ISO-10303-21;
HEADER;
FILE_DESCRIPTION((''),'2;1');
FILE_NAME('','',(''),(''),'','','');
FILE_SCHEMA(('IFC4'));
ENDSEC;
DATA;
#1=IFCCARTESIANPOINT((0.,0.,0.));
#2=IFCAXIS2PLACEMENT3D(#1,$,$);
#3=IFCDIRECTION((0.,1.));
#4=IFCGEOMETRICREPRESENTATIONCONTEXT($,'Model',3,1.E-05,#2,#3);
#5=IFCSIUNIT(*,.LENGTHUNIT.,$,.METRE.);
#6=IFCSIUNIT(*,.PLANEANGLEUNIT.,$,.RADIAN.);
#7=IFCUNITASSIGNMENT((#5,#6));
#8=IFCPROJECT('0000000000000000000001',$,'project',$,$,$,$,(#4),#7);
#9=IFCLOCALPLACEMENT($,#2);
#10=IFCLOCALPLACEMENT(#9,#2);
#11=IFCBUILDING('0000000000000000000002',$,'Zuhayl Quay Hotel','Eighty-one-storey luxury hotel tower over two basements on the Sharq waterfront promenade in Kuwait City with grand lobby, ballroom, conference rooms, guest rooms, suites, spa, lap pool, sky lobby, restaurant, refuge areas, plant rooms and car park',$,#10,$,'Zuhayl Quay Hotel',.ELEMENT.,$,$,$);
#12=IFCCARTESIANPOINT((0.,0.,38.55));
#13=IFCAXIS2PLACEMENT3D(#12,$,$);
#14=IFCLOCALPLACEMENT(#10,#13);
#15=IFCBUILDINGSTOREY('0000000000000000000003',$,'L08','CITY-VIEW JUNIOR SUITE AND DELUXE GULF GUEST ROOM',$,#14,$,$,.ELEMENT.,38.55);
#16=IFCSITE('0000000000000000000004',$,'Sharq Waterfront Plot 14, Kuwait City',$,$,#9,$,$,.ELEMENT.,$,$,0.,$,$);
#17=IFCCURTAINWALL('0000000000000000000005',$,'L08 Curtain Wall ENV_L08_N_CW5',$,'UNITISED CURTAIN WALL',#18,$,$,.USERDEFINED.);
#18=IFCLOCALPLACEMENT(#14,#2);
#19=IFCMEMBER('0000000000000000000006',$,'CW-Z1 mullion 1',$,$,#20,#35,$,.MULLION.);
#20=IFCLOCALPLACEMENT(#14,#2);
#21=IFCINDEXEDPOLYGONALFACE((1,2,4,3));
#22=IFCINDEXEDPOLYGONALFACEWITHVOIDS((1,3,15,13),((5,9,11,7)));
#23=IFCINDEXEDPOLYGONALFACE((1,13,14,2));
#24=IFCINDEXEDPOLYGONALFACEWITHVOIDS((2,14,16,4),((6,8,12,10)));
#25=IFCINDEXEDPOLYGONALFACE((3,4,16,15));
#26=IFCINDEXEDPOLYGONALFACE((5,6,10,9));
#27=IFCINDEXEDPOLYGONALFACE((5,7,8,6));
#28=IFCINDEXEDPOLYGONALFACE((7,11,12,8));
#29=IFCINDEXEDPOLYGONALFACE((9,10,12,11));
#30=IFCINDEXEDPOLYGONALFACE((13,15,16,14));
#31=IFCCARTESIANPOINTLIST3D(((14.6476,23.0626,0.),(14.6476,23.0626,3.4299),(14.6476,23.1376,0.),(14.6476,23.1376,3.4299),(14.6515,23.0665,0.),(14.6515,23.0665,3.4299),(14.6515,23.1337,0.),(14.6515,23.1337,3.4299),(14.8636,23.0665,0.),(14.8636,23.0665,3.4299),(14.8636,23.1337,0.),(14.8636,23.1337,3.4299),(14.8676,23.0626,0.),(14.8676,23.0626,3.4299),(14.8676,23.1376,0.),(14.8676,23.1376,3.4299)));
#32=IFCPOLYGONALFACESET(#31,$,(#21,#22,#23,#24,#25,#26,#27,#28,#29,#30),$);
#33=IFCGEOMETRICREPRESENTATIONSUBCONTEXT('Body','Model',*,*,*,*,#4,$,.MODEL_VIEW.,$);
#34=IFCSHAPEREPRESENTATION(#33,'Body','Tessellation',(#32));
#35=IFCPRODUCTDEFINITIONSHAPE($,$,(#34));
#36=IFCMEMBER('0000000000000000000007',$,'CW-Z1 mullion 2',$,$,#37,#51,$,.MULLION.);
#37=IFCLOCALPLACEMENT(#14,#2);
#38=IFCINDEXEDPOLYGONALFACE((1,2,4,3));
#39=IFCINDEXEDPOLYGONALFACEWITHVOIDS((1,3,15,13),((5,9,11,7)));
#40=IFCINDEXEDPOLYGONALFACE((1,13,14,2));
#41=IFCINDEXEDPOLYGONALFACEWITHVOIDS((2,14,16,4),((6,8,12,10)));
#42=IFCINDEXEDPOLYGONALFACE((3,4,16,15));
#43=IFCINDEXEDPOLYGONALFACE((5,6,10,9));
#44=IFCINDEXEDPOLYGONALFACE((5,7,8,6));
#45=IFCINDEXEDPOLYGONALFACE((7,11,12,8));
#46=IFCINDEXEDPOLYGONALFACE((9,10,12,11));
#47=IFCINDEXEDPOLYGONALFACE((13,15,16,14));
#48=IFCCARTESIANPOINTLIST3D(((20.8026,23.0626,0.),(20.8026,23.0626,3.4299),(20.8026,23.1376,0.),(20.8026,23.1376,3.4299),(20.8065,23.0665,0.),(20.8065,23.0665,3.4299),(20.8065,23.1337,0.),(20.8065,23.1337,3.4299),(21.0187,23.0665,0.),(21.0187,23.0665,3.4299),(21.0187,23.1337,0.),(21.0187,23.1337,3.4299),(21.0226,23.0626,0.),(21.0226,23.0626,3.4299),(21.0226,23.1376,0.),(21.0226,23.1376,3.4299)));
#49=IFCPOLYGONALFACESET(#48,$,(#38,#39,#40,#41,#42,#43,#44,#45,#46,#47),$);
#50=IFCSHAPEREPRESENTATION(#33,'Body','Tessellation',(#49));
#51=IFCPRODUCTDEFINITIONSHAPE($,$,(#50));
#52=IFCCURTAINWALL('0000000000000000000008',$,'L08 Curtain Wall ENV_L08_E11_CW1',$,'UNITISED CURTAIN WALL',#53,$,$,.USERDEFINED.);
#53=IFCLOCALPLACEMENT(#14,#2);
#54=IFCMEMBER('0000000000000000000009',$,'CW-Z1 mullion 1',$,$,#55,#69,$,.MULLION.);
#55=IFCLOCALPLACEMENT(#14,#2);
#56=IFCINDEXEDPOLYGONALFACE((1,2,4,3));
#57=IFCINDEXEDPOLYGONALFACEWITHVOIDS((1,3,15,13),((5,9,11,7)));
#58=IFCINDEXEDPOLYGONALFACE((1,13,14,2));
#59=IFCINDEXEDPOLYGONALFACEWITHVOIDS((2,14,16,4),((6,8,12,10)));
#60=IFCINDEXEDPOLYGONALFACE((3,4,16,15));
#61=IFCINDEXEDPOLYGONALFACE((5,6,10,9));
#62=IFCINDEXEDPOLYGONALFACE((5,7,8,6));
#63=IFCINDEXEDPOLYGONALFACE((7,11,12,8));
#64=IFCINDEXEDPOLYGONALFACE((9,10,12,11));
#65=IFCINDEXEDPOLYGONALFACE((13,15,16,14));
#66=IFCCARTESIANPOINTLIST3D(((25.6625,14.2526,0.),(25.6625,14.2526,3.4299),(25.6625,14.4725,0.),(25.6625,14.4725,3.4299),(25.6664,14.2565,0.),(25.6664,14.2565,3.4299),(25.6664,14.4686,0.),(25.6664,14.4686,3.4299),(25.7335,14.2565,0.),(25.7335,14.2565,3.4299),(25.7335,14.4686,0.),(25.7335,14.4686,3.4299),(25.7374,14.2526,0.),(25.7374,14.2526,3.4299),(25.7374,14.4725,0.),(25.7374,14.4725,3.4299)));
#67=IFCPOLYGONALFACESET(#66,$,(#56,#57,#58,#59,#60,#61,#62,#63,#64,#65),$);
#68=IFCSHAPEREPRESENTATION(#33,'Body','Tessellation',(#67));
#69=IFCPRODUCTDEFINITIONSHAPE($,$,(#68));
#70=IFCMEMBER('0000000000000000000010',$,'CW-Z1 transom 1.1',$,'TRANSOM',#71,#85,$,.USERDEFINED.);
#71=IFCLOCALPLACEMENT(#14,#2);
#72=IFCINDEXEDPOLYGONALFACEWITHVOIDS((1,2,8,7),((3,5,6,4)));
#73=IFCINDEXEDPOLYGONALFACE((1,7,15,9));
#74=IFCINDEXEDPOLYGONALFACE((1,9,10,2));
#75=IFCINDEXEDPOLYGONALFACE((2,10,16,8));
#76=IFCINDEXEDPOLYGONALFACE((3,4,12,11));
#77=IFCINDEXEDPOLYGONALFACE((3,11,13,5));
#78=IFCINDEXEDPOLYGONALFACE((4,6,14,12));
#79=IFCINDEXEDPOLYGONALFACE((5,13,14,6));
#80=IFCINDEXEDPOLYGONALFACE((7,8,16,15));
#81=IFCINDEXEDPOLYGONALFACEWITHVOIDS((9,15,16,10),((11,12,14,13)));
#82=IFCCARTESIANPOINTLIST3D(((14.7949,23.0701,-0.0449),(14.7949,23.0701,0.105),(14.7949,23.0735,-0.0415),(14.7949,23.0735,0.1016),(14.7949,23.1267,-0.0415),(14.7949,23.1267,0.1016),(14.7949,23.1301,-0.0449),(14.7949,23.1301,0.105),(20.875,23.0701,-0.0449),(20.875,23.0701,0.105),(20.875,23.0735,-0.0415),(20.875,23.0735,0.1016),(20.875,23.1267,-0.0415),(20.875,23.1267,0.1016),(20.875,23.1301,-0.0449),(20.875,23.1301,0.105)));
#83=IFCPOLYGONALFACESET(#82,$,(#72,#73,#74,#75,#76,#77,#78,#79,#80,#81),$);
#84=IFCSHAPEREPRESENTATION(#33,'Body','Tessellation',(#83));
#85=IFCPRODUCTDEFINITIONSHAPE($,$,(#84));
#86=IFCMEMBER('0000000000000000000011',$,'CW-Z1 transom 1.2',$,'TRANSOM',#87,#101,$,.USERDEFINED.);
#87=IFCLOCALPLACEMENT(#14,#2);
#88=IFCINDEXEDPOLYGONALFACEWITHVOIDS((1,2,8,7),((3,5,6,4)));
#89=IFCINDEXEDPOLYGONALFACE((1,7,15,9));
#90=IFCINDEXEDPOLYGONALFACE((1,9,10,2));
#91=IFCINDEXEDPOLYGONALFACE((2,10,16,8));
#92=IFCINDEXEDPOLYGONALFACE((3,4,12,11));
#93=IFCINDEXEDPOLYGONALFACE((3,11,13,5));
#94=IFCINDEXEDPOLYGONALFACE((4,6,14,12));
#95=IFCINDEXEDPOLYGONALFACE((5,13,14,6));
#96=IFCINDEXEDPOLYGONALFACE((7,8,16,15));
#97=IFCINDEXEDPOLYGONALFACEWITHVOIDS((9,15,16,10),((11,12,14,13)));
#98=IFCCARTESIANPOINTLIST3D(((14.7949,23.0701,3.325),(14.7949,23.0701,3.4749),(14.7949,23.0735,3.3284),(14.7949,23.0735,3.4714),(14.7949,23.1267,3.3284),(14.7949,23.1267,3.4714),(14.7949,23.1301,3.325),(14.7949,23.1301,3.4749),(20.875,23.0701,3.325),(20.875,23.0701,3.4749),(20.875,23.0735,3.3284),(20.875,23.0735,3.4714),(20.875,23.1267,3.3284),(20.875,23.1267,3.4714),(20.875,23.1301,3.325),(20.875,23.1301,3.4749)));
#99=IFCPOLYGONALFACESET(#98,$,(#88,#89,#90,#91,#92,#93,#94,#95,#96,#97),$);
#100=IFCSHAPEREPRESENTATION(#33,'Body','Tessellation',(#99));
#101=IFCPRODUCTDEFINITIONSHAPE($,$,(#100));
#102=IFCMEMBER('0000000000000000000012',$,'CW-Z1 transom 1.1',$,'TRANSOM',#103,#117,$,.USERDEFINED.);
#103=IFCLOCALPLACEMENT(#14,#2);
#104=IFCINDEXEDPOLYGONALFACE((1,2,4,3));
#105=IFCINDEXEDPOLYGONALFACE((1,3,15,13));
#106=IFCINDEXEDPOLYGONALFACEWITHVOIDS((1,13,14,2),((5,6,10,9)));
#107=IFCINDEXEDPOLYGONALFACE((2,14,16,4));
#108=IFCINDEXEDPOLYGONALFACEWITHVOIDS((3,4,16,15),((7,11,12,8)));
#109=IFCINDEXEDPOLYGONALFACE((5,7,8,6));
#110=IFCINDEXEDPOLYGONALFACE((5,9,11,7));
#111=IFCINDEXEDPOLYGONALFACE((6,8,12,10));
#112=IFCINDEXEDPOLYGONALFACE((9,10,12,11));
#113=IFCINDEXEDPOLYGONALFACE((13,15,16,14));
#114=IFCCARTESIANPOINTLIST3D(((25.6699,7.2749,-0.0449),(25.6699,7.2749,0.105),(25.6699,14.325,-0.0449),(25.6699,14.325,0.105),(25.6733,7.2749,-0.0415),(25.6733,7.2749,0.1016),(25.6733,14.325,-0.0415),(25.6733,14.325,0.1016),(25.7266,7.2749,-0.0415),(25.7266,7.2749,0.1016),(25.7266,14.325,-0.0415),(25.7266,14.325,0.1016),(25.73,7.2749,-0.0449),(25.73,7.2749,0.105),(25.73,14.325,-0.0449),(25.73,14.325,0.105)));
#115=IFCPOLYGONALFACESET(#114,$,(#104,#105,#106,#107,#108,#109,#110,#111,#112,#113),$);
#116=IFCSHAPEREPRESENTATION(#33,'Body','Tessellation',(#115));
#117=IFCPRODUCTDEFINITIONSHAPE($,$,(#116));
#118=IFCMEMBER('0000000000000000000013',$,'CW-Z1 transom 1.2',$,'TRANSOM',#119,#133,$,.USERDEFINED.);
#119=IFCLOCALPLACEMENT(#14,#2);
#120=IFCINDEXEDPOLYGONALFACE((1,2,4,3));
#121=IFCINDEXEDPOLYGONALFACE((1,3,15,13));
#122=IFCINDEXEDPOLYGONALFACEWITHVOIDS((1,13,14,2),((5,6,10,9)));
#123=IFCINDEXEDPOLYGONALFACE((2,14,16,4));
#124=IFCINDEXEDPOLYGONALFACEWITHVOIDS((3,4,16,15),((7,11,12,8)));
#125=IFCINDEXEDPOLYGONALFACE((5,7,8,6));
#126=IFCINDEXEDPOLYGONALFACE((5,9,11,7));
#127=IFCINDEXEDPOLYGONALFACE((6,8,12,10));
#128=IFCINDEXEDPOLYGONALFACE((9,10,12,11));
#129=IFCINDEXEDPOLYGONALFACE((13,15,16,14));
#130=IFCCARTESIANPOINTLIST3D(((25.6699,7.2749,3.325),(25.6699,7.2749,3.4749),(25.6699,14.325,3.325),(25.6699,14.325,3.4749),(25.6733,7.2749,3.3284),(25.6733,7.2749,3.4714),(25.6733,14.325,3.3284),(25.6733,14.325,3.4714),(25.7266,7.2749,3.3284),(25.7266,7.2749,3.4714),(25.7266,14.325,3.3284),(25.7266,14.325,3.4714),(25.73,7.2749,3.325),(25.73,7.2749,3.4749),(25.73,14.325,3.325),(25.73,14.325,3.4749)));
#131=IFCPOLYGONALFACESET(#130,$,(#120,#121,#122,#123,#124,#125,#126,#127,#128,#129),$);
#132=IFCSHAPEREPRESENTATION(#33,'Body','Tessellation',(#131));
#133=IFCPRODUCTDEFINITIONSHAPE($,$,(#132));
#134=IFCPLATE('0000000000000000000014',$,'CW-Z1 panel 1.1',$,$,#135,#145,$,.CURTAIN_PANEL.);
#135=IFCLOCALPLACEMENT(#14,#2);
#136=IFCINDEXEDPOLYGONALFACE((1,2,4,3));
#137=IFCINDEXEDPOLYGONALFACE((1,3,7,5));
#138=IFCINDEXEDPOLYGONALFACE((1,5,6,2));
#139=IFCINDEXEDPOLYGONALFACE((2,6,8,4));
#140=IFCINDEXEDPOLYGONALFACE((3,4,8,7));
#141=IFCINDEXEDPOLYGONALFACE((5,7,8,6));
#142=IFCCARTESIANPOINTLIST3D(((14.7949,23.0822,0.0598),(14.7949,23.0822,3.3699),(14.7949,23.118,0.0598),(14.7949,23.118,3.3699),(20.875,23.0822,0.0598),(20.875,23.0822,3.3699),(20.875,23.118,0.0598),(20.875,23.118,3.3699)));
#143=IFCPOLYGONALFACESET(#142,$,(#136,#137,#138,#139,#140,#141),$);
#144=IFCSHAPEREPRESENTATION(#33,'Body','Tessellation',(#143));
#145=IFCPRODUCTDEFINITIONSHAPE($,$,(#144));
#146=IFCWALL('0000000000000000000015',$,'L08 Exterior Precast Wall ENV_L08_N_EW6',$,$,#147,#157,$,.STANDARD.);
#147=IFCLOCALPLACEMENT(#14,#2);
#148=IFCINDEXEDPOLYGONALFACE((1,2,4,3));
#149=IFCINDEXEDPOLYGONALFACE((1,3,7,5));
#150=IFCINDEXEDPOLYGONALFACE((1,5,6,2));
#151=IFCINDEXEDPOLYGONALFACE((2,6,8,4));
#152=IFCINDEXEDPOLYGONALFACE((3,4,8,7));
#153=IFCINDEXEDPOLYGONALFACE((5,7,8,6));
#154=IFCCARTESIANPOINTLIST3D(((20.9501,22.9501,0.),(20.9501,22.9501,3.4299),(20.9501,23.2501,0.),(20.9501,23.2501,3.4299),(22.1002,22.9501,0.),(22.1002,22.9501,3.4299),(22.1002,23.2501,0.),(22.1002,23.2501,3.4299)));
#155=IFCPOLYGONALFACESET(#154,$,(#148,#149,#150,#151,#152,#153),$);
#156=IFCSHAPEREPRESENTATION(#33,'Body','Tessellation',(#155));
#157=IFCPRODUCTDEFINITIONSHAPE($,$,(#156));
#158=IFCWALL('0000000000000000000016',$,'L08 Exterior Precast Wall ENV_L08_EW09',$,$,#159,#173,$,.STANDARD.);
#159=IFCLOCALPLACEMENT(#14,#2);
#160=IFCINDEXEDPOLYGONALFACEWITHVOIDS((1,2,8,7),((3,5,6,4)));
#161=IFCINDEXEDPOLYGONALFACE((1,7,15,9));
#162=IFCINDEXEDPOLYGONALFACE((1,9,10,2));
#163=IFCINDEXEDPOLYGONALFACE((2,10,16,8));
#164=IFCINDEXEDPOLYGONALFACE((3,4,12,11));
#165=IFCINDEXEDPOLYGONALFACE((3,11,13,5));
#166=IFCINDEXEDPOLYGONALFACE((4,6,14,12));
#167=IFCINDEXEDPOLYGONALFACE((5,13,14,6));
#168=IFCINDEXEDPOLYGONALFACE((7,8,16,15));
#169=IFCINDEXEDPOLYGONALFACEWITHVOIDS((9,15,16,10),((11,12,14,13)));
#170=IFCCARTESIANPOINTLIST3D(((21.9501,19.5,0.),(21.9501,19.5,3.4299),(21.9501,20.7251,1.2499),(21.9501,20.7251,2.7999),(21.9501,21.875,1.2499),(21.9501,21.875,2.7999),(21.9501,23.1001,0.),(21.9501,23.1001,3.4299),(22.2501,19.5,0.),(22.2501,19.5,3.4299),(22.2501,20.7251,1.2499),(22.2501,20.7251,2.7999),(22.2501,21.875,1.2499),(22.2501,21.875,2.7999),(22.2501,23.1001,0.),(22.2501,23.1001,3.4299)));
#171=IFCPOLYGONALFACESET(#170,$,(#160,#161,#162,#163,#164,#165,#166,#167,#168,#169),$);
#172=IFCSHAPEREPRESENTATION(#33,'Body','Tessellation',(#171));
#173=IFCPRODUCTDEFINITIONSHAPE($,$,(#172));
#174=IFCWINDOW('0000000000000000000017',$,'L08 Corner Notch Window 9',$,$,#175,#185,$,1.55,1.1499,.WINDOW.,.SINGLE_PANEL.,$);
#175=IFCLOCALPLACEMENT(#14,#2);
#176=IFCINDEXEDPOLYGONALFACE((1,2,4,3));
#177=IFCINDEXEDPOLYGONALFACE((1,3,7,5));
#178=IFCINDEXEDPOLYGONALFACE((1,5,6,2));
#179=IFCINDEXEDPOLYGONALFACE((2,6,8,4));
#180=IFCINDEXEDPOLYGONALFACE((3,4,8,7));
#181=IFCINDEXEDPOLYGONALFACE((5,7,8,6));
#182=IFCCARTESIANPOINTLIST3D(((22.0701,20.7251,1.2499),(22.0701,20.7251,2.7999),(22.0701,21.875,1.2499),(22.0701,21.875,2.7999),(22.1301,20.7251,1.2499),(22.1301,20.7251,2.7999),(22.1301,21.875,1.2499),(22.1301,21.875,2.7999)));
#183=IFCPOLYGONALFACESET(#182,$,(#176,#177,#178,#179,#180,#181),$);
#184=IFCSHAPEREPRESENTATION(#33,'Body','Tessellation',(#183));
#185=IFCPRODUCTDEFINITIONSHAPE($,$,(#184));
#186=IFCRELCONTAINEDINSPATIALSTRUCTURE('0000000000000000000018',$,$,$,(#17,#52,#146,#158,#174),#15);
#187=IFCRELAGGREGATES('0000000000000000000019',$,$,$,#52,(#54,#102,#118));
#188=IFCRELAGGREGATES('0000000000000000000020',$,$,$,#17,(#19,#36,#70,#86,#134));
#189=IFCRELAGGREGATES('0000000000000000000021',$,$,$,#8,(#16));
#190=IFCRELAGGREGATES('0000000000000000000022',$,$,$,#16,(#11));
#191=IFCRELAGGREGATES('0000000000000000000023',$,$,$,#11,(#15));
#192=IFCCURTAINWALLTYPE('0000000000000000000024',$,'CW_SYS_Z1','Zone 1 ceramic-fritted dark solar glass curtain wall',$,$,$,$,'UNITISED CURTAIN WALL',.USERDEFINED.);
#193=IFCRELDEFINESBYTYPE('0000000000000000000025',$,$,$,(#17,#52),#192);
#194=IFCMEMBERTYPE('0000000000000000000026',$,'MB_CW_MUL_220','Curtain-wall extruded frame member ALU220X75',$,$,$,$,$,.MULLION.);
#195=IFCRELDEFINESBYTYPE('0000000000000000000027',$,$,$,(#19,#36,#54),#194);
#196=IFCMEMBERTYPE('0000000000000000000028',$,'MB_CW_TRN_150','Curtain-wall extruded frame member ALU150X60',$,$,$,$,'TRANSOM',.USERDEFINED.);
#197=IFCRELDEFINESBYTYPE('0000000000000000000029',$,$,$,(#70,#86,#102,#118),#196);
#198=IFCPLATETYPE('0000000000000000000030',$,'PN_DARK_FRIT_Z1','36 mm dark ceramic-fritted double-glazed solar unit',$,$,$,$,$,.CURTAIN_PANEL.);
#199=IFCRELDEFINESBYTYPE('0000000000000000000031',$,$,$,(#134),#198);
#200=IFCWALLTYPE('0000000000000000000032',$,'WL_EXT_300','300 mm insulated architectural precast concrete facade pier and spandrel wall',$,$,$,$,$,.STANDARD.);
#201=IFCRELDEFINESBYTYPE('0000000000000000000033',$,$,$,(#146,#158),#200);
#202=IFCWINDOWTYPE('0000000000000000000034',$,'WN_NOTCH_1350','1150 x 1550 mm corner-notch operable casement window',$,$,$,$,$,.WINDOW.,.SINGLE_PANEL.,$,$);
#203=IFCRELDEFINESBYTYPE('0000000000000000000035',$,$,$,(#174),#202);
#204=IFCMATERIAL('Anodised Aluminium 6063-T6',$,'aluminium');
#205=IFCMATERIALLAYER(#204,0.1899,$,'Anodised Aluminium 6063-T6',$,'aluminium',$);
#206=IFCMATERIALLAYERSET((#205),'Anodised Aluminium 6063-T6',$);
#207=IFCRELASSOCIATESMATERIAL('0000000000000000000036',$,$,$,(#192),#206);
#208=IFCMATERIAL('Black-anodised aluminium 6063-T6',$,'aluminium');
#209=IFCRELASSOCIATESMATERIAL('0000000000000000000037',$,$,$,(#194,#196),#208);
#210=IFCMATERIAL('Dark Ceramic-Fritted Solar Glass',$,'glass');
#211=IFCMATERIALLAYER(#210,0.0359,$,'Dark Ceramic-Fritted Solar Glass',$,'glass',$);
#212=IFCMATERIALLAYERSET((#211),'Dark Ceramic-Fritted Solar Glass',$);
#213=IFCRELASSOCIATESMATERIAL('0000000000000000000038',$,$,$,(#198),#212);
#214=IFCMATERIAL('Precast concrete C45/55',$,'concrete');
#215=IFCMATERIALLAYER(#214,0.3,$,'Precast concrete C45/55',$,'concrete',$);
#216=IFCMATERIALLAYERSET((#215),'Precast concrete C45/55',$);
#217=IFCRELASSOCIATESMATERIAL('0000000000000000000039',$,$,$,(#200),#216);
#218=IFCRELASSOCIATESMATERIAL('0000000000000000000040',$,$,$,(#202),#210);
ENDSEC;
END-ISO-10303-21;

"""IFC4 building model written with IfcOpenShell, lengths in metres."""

from ifc_helpers import new_model, si_unit, direction, frame, frame_2d, origin, origin_2d, place, context, subcontext, project, spatial, rectangle, hollow_rectangle, extrude, material, layer, layer_set, material_profile, profile_set, type_object, element, fill, aggregate, save


model = new_model("IFC4")

# Units and contexts
model_context = context("Model", 3, precision=1e-05, world=origin(), true_north=direction((0.0, 1.0)))
body_context = subcontext(model_context, "Body", "Model", "MODEL_VIEW")
ifc_project = project(units=[si_unit("LENGTHUNIT", "METRE"), si_unit("PLANEANGLEUNIT", "RADIAN")], contexts=[model_context])

# Site, building, storey
site_placement = place(None, origin())
site = spatial("IfcSite", under=ifc_project, at=site_placement, Name="Sharq Waterfront Plot 14, Kuwait City", CompositionType="ELEMENT", RefElevation=0.0)
building_placement = place(site_placement, origin())
building = spatial("IfcBuilding", under=site, at=building_placement, Name="Zuhayl Quay Hotel", Description="Eighty-one-storey luxury hotel tower over two basements on the Sharq waterfront promenade in Kuwait City with grand lobby, ballroom, conference rooms, guest rooms, suites, spa, lap pool, sky lobby, restaurant, refuge areas, plant rooms and car park", LongName="Zuhayl Quay Hotel", CompositionType="ELEMENT")
storey_placement = place(building_placement, frame((0.0, 0.0, 38.55)))
storey = spatial("IfcBuildingStorey", under=building, at=storey_placement, Name="L08", Description="CITY-VIEW JUNIOR SUITE AND DELUXE GULF GUEST ROOM", CompositionType="ELEMENT", Elevation=38.55)

# Curtain wall, members
ifc_material_1 = material(Name="Anodised Aluminium 6063-T6", Category="aluminium")
ifc_layer_1 = layer(ifc_material_1, 0.1899, Name="Anodised Aluminium 6063-T6", Category="aluminium")
ifc_layer_set_1 = layer_set([ifc_layer_1], Name="Anodised Aluminium 6063-T6")
curtain_wall_type = type_object("IfcCurtainWallType", Name="CW_SYS_Z1", Description="Zone 1 ceramic-fritted dark solar glass curtain wall", ElementType="UNITISED CURTAIN WALL", PredefinedType="USERDEFINED", material=ifc_layer_set_1)
curtain_wall_1_placement = place(storey_placement, origin())
curtain_wall_1 = element("IfcCurtainWall", 1, at=curtain_wall_1_placement, inside=storey, type_object=curtain_wall_type, Name="L08 Curtain Wall ENV_L08_N_CW5", ObjectType="UNITISED CURTAIN WALL", PredefinedType="USERDEFINED")
ifc_material_2 = material(Name="Black-anodised aluminium 6063-T6", Category="aluminium")
ifc_material_profile_1 = material_profile(ifc_material_2, hollow_rectangle(XDim=0.075, YDim=0.22, WallThickness=0.0039, at=origin_2d()), Name="ALU220X75")
ifc_profile_set_1 = profile_set([ifc_material_profile_1], Name="Black-anodised aluminium 6063-T6")
member_type_1 = type_object("IfcMemberType", Name="MB_CW_MUL_220", Description="Curtain-wall extruded frame member ALU220X75", PredefinedType="MULLION", material=ifc_profile_set_1)
member_1_placement = place(storey_placement, frame((14.7576, 23.1001, 0.0), z_axis=(0.0, 0.0, 1.0), x_axis=(0.0, 1.0, 0.0)))
member_1 = element("IfcMember", 2, at=member_1_placement, type_object=member_type_1, Name="CW-Z1 mullion 1", PredefinedType="MULLION", context=body_context, shape_type="SweptSolid", body=[
    extrude(hollow_rectangle(XDim=0.075, YDim=0.22, WallThickness=0.0039, at=origin_2d()), origin(), (0.0, 0.0, 1.0), 3.4299),
])
member_2_placement = place(storey_placement, frame((20.9126, 23.1001, 0.0), z_axis=(0.0, 0.0, 1.0), x_axis=(0.0, 1.0, 0.0)))
member_2 = element("IfcMember", 3, at=member_2_placement, type_object=member_type_1, Name="CW-Z1 mullion 2", PredefinedType="MULLION", context=body_context, shape_type="SweptSolid", body=[
    extrude(hollow_rectangle(XDim=0.075, YDim=0.22, WallThickness=0.0039, at=origin_2d()), origin(), (0.0, 0.0, 1.0), 3.4299),
])

# Curtain wall, member
curtain_wall_2_placement = place(storey_placement, origin())
curtain_wall_2 = element("IfcCurtainWall", 4, at=curtain_wall_2_placement, inside=storey, type_object=curtain_wall_type, Name="L08 Curtain Wall ENV_L08_E11_CW1", ObjectType="UNITISED CURTAIN WALL", PredefinedType="USERDEFINED")
member_3_placement = place(storey_placement, frame((25.7, 14.3625, 0.0), z_axis=(0.0, 0.0, 1.0), x_axis=(1.0, 0.0, 0.0)))
member_3 = element("IfcMember", 5, at=member_3_placement, type_object=member_type_1, Name="CW-Z1 mullion 1", PredefinedType="MULLION", context=body_context, shape_type="SweptSolid", body=[
    extrude(hollow_rectangle(XDim=0.075, YDim=0.22, WallThickness=0.0039, at=origin_2d()), origin(), (0.0, 0.0, 1.0), 3.4299),
])

# Members
ifc_material_profile_2 = material_profile(ifc_material_2, hollow_rectangle(XDim=0.0601, YDim=0.1499, WallThickness=0.0034, at=origin_2d()), Name="ALU150X60")
ifc_profile_set_2 = profile_set([ifc_material_profile_2], Name="Black-anodised aluminium 6063-T6")
member_type_2 = type_object("IfcMemberType", Name="MB_CW_TRN_150", Description="Curtain-wall extruded frame member ALU150X60", ElementType="TRANSOM", PredefinedType="USERDEFINED", material=ifc_profile_set_2)
member_4_placement = place(storey_placement, frame((14.7949, 23.1001, 0.03), z_axis=(1.0, 0.0, 0.0), x_axis=(0.0, 1.0, 0.0)))
member_4 = element("IfcMember", 6, at=member_4_placement, type_object=member_type_2, Name="CW-Z1 transom 1.1", ObjectType="TRANSOM", PredefinedType="USERDEFINED", context=body_context, shape_type="SweptSolid", body=[
    extrude(hollow_rectangle(XDim=0.0601, YDim=0.1499, WallThickness=0.0034, at=origin_2d()), origin(), (0.0, 0.0, 1.0), 6.0801),
])
member_5_placement = place(storey_placement, frame((14.7949, 23.1001, 3.3999), z_axis=(1.0, 0.0, 0.0), x_axis=(0.0, 1.0, 0.0)))
member_5 = element("IfcMember", 7, at=member_5_placement, type_object=member_type_2, Name="CW-Z1 transom 1.2", ObjectType="TRANSOM", PredefinedType="USERDEFINED", context=body_context, shape_type="SweptSolid", body=[
    extrude(hollow_rectangle(XDim=0.0601, YDim=0.1499, WallThickness=0.0034, at=origin_2d()), origin(), (0.0, 0.0, 1.0), 6.0801),
])
member_6_placement = place(storey_placement, frame((25.7, 14.325, 0.03), z_axis=(0.0, -1.0, 0.0), x_axis=(1.0, 0.0, 0.0)))
member_6 = element("IfcMember", 8, at=member_6_placement, type_object=member_type_2, Name="CW-Z1 transom 1.1", ObjectType="TRANSOM", PredefinedType="USERDEFINED", context=body_context, shape_type="SweptSolid", body=[
    extrude(hollow_rectangle(XDim=0.0601, YDim=0.1499, WallThickness=0.0034, at=origin_2d()), origin(), (0.0, 0.0, 1.0), 7.05),
])
member_7_placement = place(storey_placement, frame((25.7, 14.325, 3.3999), z_axis=(0.0, -1.0, 0.0), x_axis=(1.0, 0.0, 0.0)))
member_7 = element("IfcMember", 9, at=member_7_placement, type_object=member_type_2, Name="CW-Z1 transom 1.2", ObjectType="TRANSOM", PredefinedType="USERDEFINED", context=body_context, shape_type="SweptSolid", body=[
    extrude(hollow_rectangle(XDim=0.0601, YDim=0.1499, WallThickness=0.0034, at=origin_2d()), origin(), (0.0, 0.0, 1.0), 7.05),
])
aggregate(curtain_wall_2, [member_3, member_6, member_7])

# Plate
ifc_material_3 = material(Name="Dark Ceramic-Fritted Solar Glass", Category="glass")
ifc_layer_2 = layer(ifc_material_3, 0.0359, Name="Dark Ceramic-Fritted Solar Glass", Category="glass")
ifc_layer_set_2 = layer_set([ifc_layer_2], Name="Dark Ceramic-Fritted Solar Glass")
plate_type = type_object("IfcPlateType", Name="PN_DARK_FRIT_Z1", Description="36 mm dark ceramic-fritted double-glazed solar unit", PredefinedType="CURTAIN_PANEL", material=ifc_layer_set_2)
plate_placement = place(storey_placement, frame((17.835, 23.1001, 0.0598), z_axis=(0.0, 0.0, 1.0), x_axis=(1.0, 0.0, 0.0)))
plate = element("IfcPlate", 10, at=plate_placement, type_object=plate_type, Name="CW-Z1 panel 1.1", PredefinedType="CURTAIN_PANEL", context=body_context, shape_type="SweptSolid", body=[
    extrude(rectangle(XDim=6.0801, YDim=0.0359, at=origin_2d()), origin(), (0.0, 0.0, 1.0), 3.3101),
])
aggregate(curtain_wall_1, [member_1, member_2, member_4, member_5, plate])

# Wall
ifc_material_4 = material(Name="Precast concrete C45/55", Category="concrete")
ifc_layer_3 = layer(ifc_material_4, 0.3, Name="Precast concrete C45/55", Category="concrete")
ifc_layer_set_3 = layer_set([ifc_layer_3], Name="Precast concrete C45/55")
wall_type_1 = type_object("IfcWallType", Name="WL_EXT_300", Description="300 mm insulated architectural precast concrete facade pier and spandrel wall", PredefinedType="STANDARD", material=ifc_layer_set_3)
wall_1_placement = place(storey_placement, frame((20.95, 23.1001, 0.0), z_axis=(0.0, 0.0, 1.0), x_axis=(1.0, 0.0, 0.0)))
element("IfcWall", 11, at=wall_1_placement, inside=storey, type_object=wall_type_1, Name="L08 Exterior Precast Wall ENV_L08_N_EW6", PredefinedType="STANDARD", context=body_context, shape_type="SweptSolid", body=[
    extrude(rectangle(XDim=1.1501, YDim=0.3, at=frame_2d((0.5752, 0.0))), origin(), (0.0, 0.0, 1.0), 3.4299),
])

# Wall, opening, window
wall_2_placement = place(storey_placement, frame((22.1001, 23.1001, 0.0), z_axis=(0.0, 0.0, 1.0), x_axis=(0.0, -1.0, 0.0)))
wall_2 = element("IfcWall", 12, at=wall_2_placement, inside=storey, type_object=wall_type_1, Name="L08 Exterior Precast Wall ENV_L08_EW09", PredefinedType="STANDARD", context=body_context, shape_type="SweptSolid", body=[
    extrude(rectangle(XDim=3.6001, YDim=0.3, at=frame_2d((1.8, 0.0))), origin(), (0.0, 0.0, 1.0), 3.4299),
])
opening_1_placement = place(wall_2_placement, frame((1.2251, 0.0, 1.25)))
opening_1 = element("IfcOpeningElement", 13, at=opening_1_placement, cuts=wall_2, PredefinedType="OPENING", context=body_context, shape_type="SweptSolid", body=[
    extrude(rectangle(XDim=1.1499, YDim=1.55, at=frame_2d((0.575, 0.7749))), frame((0.0, 0.1599, 0.0), z_axis=(0.0, -1.0, 0.0), x_axis=(1.0, 0.0, 0.0)), (0.0, 0.0, 1.0), 0.3201),
])
window_type_1 = type_object("IfcWindowType", Name="WN_NOTCH_1350", Description="1150 x 1550 mm corner-notch operable casement window", PartitioningType="SINGLE_PANEL", PredefinedType="WINDOW", material=ifc_material_3)
window_1_placement = place(opening_1_placement, origin())
window_1 = element("IfcWindow", 14, at=window_1_placement, inside=storey, type_object=window_type_1, Name="L08 Corner Notch Window 9", OverallHeight=1.55, OverallWidth=1.1499, PartitioningType="SINGLE_PANEL", PredefinedType="WINDOW", context=body_context, shape_type="SweptSolid", body=[
    extrude(rectangle(XDim=1.1499, YDim=1.55, at=frame_2d((0.575, 0.7749))), frame((0.0, 0.03, 0.0), z_axis=(0.0, -1.0, 0.0), x_axis=(1.0, 0.0, 0.0)), (0.0, 0.0, 1.0), 0.0601),
])
fill(opening_1, window_1)

save(model, "model.ifc")
